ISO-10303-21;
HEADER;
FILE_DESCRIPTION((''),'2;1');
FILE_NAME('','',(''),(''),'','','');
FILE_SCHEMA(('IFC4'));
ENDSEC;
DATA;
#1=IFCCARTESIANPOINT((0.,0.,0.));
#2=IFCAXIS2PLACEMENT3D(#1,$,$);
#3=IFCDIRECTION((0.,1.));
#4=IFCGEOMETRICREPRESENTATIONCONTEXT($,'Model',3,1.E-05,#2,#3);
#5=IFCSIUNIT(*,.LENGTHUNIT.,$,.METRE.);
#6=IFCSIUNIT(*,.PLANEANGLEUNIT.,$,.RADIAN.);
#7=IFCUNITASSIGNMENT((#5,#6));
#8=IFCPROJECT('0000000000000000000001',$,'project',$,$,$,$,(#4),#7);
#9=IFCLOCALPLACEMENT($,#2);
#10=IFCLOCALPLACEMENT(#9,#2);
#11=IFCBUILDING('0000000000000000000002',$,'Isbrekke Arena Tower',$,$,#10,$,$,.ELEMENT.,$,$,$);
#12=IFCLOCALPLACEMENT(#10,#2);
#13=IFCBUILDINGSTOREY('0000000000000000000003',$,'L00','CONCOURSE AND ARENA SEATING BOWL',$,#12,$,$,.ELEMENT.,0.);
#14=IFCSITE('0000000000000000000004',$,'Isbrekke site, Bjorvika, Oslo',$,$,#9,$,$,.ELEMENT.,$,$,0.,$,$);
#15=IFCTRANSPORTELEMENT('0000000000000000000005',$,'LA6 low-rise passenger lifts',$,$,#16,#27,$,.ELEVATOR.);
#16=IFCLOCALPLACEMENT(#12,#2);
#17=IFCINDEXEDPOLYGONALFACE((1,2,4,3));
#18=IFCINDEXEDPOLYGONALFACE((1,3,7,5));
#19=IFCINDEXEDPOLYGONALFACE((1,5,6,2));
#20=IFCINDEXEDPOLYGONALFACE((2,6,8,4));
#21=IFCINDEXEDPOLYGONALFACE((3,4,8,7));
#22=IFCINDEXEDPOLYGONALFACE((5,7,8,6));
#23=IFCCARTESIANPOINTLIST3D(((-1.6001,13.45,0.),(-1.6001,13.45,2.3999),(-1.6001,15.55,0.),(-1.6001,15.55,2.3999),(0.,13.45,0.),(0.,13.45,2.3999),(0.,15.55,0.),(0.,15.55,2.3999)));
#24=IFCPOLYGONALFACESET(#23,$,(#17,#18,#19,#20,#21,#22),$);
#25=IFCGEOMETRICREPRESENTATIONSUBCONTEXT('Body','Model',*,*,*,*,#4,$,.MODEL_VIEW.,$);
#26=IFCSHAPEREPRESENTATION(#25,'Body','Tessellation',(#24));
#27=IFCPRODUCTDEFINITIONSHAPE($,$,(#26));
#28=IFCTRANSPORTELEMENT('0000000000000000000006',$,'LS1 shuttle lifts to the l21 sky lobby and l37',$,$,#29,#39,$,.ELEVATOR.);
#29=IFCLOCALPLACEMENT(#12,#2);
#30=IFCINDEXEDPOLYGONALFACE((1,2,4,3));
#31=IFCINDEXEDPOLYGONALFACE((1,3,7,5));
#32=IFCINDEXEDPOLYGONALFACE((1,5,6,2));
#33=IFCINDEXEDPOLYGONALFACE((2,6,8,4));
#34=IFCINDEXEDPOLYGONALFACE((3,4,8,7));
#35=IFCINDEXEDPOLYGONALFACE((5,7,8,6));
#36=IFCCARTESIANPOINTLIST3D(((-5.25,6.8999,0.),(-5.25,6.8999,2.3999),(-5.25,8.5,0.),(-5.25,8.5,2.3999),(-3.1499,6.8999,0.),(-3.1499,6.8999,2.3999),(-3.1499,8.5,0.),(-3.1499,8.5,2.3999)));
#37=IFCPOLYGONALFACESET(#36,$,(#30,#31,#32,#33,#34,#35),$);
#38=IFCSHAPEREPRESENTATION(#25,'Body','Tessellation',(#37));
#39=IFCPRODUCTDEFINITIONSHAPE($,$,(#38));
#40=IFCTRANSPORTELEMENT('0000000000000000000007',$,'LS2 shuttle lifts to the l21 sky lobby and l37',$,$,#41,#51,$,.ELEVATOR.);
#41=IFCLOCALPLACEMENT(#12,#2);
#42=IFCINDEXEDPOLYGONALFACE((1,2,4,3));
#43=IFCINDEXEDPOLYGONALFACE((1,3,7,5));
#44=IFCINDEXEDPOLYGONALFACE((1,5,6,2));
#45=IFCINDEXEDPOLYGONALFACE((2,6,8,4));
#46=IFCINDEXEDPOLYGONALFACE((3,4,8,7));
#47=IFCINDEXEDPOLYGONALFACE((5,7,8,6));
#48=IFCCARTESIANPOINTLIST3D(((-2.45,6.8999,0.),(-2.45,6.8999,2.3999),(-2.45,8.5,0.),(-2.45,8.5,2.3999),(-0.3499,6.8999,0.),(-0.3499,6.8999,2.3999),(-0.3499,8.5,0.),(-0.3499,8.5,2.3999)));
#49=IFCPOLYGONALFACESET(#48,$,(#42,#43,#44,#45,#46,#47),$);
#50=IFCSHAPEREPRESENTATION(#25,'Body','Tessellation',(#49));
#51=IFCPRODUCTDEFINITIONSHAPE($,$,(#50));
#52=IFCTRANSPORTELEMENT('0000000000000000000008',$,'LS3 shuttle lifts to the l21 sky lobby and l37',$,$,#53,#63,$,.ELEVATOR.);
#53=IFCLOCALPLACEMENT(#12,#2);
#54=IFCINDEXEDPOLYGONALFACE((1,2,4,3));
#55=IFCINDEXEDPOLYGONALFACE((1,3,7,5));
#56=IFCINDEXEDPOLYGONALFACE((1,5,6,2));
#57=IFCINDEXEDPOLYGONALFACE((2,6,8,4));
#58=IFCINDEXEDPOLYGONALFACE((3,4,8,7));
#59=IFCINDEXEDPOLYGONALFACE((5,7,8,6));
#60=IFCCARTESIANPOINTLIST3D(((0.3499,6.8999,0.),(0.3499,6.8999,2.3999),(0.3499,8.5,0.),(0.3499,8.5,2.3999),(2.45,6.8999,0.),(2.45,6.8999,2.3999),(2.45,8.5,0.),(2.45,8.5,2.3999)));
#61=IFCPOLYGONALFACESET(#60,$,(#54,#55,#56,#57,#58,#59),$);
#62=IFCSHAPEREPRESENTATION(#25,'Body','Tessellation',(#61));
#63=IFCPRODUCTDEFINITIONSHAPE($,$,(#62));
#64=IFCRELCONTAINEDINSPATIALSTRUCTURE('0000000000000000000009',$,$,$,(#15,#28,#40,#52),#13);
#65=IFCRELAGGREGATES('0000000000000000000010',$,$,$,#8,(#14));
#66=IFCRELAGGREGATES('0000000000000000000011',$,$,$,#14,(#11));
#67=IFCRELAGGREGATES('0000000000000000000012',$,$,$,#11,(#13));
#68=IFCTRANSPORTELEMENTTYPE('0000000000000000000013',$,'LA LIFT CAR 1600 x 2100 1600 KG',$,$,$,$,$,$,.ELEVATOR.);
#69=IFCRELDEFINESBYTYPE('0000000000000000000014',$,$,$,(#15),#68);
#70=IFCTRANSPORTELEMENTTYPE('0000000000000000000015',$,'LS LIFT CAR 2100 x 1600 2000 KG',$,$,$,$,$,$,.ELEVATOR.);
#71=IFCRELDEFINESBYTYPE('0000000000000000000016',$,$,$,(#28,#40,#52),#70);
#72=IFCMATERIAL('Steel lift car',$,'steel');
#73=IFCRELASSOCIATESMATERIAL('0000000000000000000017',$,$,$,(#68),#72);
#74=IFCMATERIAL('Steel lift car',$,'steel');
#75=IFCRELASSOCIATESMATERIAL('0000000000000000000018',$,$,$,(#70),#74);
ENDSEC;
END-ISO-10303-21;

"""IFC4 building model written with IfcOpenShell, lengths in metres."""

from ifc_helpers import new_model, si_unit, direction, frame, origin, origin_2d, place, context, subcontext, project, spatial, rectangle, extrude, material, type_object, element, save


model = new_model("IFC4")

# Units and contexts
model_context = context("Model", 3, precision=1e-05, world=origin(), true_north=direction((0.0, 1.0)))
body_context = subcontext(model_context, "Body", "Model", "MODEL_VIEW")
ifc_project = project(units=[si_unit("LENGTHUNIT", "METRE"), si_unit("PLANEANGLEUNIT", "RADIAN")], contexts=[model_context])

# Site, building, storey
site_placement = place(None, origin())
site = spatial("IfcSite", under=ifc_project, at=site_placement, Name="Isbrekke site, Bjorvika, Oslo", CompositionType="ELEMENT", RefElevation=0.0)
building_placement = place(site_placement, origin())
building = spatial("IfcBuilding", under=site, at=building_placement, Name="Isbrekke Arena Tower", CompositionType="ELEMENT")
storey_placement = place(building_placement, origin())
storey = spatial("IfcBuildingStorey", under=building, at=storey_placement, Name="L00", Description="CONCOURSE AND ARENA SEATING BOWL", CompositionType="ELEMENT", Elevation=0.0)

# Transport elements
ifc_material_1 = material(Name="Steel lift car", Category="steel")
transport_element_type_1 = type_object("IfcTransportElementType", Name="LA LIFT CAR 1600 x 2100 1600 KG", PredefinedType="ELEVATOR", material=ifc_material_1)
for number, where, z_axis, x_axis, name in (
    (1, (-0.8, 14.5, 0.0), (0.0, 0.0, 1.0), (1.0, 0.0, 0.0), "LA6 low-rise passenger lifts"),
):
    element("IfcTransportElement", number, at=place(storey_placement, frame(where, z_axis=z_axis, x_axis=x_axis)), inside=storey, type_object=transport_element_type_1, Name=name, PredefinedType="ELEVATOR", context=body_context, shape_type="SweptSolid", body=[
        extrude(rectangle(XDim=1.6001, YDim=2.1001, at=origin_2d()), origin(), (0.0, 0.0, 1.0), 2.3999),
    ])
ifc_material_2 = material(Name="Steel lift car", Category="steel")
transport_element_type_2 = type_object("IfcTransportElementType", Name="LS LIFT CAR 2100 x 1600 2000 KG", PredefinedType="ELEVATOR", material=ifc_material_2)
for number, where, z_axis, x_axis, name in (
    (2, (-4.2, 7.7, 0.0), (0.0, 0.0, 1.0), (1.0, 0.0, 0.0), "LS1 shuttle lifts to the l21 sky lobby and l37"),
    (3, (-1.3999, 7.7, 0.0), (0.0, 0.0, 1.0), (1.0, 0.0, 0.0), "LS2 shuttle lifts to the l21 sky lobby and l37"),
    (4, (1.3999, 7.7, 0.0), (0.0, 0.0, 1.0), (1.0, 0.0, 0.0), "LS3 shuttle lifts to the l21 sky lobby and l37"),
):
    element("IfcTransportElement", number, at=place(storey_placement, frame(where, z_axis=z_axis, x_axis=x_axis)), inside=storey, type_object=transport_element_type_2, Name=name, PredefinedType="ELEVATOR", context=body_context, shape_type="SweptSolid", body=[
        extrude(rectangle(XDim=2.1001, YDim=1.6001, at=origin_2d()), origin(), (0.0, 0.0, 1.0), 2.3999),
    ])

save(model, "model.ifc")
